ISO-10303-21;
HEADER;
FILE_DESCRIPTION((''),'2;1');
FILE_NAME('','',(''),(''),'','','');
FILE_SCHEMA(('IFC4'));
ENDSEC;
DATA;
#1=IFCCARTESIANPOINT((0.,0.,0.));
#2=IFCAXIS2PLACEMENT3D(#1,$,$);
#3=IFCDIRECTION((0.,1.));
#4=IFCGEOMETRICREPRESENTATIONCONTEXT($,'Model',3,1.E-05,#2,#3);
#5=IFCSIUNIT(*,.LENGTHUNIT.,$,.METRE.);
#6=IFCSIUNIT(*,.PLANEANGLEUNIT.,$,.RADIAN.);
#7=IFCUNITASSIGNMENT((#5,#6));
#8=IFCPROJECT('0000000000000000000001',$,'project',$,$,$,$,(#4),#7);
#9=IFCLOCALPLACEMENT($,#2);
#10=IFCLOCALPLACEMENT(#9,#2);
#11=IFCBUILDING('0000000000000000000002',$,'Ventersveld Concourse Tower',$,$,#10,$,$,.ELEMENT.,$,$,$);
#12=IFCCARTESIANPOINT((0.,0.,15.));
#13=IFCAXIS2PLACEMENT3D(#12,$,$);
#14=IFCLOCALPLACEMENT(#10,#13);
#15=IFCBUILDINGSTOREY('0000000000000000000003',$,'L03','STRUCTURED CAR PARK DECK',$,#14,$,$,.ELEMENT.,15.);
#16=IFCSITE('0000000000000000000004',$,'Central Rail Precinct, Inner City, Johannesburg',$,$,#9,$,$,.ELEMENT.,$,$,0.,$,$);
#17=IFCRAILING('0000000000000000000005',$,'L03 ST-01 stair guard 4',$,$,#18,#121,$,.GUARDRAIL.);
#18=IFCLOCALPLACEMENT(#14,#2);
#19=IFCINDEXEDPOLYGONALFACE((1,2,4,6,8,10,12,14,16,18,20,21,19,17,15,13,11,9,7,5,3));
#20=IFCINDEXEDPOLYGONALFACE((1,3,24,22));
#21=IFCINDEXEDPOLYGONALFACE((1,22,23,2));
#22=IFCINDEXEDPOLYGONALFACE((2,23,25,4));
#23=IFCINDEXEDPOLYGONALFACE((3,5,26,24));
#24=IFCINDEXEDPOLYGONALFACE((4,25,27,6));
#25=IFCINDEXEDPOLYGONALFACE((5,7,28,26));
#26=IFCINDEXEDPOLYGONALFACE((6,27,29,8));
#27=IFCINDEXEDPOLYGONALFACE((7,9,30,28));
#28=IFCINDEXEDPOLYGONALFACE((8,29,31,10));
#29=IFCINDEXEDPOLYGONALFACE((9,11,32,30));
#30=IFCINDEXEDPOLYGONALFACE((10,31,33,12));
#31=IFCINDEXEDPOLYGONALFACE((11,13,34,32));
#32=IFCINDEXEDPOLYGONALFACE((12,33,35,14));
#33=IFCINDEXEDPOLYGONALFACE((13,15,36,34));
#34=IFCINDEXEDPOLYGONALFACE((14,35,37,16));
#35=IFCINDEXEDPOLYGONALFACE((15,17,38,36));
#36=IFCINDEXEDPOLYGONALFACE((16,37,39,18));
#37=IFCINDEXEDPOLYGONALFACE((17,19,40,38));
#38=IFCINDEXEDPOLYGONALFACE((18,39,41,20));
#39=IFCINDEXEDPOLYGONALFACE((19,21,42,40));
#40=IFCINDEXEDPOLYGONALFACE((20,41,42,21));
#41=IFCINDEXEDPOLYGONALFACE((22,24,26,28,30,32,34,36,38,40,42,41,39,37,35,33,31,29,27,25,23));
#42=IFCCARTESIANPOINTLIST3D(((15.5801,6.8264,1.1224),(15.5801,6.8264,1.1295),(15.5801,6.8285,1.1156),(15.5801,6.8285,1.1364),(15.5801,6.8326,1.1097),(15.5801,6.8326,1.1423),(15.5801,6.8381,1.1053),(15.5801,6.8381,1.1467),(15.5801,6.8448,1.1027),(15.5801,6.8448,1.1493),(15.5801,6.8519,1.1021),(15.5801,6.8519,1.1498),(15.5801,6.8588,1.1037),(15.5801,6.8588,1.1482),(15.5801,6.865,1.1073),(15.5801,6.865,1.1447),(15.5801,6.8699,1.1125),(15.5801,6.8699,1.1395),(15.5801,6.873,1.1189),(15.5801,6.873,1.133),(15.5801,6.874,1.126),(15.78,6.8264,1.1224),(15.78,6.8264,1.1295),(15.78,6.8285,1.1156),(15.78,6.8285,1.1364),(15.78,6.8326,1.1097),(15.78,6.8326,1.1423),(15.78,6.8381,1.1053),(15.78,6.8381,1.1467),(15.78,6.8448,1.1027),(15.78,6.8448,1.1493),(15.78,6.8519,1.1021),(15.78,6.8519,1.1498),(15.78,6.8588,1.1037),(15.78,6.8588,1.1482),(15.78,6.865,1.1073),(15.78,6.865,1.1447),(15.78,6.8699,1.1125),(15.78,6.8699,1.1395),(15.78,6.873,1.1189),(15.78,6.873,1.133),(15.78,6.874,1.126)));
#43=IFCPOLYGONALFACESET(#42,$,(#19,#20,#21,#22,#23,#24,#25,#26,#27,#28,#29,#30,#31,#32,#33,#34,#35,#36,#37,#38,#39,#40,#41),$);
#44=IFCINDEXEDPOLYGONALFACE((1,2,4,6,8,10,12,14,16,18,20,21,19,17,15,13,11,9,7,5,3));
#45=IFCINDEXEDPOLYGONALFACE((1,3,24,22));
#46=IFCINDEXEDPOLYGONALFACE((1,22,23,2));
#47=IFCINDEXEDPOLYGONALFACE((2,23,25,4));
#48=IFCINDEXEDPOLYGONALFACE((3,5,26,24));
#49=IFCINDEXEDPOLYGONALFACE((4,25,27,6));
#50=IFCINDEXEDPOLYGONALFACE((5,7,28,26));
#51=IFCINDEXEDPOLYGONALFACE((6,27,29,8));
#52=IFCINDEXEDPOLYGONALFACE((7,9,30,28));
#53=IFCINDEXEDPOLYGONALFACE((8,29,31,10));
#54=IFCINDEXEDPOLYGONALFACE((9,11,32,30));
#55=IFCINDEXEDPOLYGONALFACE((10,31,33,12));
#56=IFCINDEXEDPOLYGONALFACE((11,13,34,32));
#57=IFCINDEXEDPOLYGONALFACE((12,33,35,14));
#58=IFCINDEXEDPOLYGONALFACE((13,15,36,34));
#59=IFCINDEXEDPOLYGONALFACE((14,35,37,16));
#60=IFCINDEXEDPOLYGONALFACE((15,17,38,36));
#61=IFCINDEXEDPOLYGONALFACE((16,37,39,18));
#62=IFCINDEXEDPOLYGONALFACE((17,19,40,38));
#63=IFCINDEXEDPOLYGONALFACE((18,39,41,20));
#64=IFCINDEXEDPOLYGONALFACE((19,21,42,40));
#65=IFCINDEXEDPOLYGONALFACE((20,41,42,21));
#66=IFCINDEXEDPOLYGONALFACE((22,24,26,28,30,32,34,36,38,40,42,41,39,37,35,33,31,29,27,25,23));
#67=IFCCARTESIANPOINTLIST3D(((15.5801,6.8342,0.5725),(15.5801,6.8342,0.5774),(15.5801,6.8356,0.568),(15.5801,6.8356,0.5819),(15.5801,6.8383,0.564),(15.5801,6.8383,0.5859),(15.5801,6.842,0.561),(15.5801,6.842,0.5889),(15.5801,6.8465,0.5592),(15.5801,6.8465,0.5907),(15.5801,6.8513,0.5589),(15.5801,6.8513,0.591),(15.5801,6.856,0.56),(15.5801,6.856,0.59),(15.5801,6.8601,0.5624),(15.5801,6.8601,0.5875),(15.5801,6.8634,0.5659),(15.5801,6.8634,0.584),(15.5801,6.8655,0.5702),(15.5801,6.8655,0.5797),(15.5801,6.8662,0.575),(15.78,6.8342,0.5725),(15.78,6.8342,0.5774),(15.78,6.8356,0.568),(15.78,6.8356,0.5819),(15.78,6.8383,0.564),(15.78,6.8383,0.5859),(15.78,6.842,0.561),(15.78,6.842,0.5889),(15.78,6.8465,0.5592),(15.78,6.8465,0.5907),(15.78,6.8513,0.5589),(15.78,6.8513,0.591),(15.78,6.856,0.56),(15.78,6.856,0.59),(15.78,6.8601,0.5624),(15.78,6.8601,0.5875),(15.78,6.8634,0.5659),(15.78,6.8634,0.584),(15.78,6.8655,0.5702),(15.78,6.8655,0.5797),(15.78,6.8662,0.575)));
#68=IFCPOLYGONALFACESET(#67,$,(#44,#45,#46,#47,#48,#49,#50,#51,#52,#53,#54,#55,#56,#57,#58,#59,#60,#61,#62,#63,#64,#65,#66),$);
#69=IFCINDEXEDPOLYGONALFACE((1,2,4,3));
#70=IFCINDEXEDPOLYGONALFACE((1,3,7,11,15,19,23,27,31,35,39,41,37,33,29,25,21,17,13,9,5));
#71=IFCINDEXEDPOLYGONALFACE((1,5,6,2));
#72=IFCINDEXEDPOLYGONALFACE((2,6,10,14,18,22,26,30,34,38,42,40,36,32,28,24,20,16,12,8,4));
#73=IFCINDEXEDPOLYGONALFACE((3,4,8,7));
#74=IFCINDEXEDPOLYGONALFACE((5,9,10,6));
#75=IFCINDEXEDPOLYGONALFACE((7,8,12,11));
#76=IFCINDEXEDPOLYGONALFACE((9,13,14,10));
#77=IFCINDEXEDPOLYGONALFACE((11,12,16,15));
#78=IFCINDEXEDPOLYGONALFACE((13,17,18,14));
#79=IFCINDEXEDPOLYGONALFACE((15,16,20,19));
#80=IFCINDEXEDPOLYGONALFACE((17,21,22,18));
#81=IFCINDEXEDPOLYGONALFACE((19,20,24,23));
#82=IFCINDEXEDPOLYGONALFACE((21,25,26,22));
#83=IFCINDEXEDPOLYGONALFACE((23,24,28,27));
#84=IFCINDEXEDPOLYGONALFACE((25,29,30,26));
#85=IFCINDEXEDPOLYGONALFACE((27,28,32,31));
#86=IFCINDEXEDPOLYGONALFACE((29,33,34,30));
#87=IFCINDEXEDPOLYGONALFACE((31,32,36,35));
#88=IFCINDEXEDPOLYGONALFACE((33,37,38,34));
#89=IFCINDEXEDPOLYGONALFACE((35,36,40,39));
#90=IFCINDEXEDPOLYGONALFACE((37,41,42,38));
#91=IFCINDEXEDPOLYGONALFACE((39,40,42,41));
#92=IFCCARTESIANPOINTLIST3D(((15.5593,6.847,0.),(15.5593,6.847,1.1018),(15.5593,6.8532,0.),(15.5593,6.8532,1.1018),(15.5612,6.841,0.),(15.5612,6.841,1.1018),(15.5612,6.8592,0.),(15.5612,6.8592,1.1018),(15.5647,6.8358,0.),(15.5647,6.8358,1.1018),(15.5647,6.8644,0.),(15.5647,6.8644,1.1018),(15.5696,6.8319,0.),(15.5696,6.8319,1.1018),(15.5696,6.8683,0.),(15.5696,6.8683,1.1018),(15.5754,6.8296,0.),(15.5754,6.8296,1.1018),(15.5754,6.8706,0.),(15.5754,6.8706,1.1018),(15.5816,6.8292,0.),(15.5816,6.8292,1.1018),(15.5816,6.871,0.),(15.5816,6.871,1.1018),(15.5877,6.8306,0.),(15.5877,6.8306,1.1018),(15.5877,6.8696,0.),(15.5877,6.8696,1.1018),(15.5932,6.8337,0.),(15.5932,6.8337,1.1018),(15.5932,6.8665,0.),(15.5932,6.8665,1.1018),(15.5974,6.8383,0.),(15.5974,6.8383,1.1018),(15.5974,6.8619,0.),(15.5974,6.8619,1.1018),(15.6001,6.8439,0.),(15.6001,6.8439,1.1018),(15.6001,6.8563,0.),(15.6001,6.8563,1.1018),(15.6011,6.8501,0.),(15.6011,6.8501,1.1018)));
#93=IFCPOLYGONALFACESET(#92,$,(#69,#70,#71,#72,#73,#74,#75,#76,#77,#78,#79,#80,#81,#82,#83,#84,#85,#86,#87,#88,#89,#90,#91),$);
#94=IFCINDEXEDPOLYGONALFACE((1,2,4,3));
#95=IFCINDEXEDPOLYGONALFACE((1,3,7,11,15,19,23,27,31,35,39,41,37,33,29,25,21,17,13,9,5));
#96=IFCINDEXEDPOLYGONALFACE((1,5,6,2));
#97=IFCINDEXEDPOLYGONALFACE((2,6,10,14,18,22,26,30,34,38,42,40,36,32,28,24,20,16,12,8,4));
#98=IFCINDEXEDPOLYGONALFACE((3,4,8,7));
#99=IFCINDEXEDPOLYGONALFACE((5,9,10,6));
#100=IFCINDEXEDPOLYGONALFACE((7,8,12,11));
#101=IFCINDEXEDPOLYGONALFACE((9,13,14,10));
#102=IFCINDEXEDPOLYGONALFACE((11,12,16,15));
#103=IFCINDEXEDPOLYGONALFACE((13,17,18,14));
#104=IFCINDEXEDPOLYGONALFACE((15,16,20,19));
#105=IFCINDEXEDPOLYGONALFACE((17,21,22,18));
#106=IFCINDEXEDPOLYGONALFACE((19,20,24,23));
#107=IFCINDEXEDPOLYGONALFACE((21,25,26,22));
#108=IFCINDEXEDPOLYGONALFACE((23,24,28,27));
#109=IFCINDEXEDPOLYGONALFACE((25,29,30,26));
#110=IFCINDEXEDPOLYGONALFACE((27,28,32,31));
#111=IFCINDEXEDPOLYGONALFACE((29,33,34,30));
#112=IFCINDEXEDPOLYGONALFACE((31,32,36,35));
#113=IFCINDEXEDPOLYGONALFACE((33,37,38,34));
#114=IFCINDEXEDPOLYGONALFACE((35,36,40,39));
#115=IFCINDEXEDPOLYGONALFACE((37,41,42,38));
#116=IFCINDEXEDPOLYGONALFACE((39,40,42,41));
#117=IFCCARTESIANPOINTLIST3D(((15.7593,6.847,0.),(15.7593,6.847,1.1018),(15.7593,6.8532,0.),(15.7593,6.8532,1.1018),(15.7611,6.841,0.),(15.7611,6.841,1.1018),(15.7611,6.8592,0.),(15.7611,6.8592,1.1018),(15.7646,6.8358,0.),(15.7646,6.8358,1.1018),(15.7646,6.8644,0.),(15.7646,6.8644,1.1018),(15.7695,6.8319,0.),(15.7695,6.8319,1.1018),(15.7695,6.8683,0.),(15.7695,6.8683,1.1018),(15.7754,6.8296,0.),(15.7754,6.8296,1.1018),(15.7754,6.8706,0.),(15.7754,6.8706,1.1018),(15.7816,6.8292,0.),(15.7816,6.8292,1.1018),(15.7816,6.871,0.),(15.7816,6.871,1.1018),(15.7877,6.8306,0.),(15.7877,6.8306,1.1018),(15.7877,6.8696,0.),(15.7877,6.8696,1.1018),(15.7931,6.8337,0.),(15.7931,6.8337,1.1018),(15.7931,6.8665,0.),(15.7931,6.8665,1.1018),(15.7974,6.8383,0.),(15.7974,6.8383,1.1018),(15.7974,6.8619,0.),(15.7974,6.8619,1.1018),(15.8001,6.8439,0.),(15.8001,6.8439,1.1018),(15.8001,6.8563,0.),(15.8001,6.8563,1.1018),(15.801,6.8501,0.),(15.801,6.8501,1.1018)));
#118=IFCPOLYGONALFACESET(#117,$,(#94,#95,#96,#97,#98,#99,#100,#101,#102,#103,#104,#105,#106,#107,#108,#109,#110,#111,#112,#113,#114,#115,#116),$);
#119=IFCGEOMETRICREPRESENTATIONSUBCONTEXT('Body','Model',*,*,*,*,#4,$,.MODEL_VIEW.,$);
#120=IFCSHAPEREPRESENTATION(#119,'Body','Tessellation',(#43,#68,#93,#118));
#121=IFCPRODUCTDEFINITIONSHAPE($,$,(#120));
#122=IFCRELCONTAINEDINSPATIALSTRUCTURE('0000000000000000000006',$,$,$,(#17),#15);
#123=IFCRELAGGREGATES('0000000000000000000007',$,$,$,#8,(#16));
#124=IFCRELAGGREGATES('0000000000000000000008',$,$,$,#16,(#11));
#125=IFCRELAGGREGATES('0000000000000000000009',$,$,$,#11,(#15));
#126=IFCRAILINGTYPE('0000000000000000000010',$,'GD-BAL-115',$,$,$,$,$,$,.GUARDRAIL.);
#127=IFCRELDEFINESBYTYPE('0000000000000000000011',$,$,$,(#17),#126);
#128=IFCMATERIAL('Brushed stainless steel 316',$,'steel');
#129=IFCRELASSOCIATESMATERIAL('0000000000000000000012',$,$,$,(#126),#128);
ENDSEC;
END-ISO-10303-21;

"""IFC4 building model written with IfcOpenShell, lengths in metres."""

from ifc_helpers import new_model, si_unit, direction, frame, origin, origin_2d, place, context, subcontext, project, spatial, circle, extrude, material, type_object, element, save


model = new_model("IFC4")

# Units and contexts
model_context = context("Model", 3, precision=1e-05, world=origin(), true_north=direction((0.0, 1.0)))
body_context = subcontext(model_context, "Body", "Model", "MODEL_VIEW")
ifc_project = project(units=[si_unit("LENGTHUNIT", "METRE"), si_unit("PLANEANGLEUNIT", "RADIAN")], contexts=[model_context])

# Site, building, storey
site_placement = place(None, origin())
site = spatial("IfcSite", under=ifc_project, at=site_placement, Name="Central Rail Precinct, Inner City, Johannesburg", CompositionType="ELEMENT", RefElevation=0.0)
building_placement = place(site_placement, origin())
building = spatial("IfcBuilding", under=site, at=building_placement, Name="Ventersveld Concourse Tower", CompositionType="ELEMENT")
storey_placement = place(building_placement, frame((0.0, 0.0, 15.0)))
storey = spatial("IfcBuildingStorey", under=building, at=storey_placement, Name="L03", Description="STRUCTURED CAR PARK DECK", CompositionType="ELEMENT", Elevation=15.0)

# Shared definitions
ifc_material_1 = material(Name="Brushed stainless steel 316", Category="steel")

# Railing
railing_type_1 = type_object("IfcRailingType", Name="GD-BAL-115", PredefinedType="GUARDRAIL", material=ifc_material_1)
railing_1_placement = place(storey_placement, frame((15.5801, 6.8501, 0.0)))
element("IfcRailing", 1, at=railing_1_placement, inside=storey, type_object=railing_type_1, Name="L03 ST-01 stair guard 4", PredefinedType="GUARDRAIL", context=body_context, shape_type="SweptSolid", body=[
    extrude(circle(Radius=0.0239, at=origin_2d()), frame((0.0, 0.0, 1.126), z_axis=(1.0, 0.0, 0.0), x_axis=(0.0, 1.0, 0.0)), (0.0, 0.0, 1.0), 0.2),
    extrude(circle(Radius=0.0161, at=origin_2d()), frame((0.0, 0.0, 0.575), z_axis=(1.0, 0.0, 0.0), x_axis=(0.0, 1.0, 0.0)), (0.0, 0.0, 1.0), 0.2),
    extrude(circle(Radius=0.021, at=origin_2d()), origin(), (0.0, 0.0, 1.0), 1.1018),
    extrude(circle(Radius=0.021, at=origin_2d()), frame((0.2, 0.0, 0.0)), (0.0, 0.0, 1.0), 1.1018),
])

save(model, "model.ifc")
